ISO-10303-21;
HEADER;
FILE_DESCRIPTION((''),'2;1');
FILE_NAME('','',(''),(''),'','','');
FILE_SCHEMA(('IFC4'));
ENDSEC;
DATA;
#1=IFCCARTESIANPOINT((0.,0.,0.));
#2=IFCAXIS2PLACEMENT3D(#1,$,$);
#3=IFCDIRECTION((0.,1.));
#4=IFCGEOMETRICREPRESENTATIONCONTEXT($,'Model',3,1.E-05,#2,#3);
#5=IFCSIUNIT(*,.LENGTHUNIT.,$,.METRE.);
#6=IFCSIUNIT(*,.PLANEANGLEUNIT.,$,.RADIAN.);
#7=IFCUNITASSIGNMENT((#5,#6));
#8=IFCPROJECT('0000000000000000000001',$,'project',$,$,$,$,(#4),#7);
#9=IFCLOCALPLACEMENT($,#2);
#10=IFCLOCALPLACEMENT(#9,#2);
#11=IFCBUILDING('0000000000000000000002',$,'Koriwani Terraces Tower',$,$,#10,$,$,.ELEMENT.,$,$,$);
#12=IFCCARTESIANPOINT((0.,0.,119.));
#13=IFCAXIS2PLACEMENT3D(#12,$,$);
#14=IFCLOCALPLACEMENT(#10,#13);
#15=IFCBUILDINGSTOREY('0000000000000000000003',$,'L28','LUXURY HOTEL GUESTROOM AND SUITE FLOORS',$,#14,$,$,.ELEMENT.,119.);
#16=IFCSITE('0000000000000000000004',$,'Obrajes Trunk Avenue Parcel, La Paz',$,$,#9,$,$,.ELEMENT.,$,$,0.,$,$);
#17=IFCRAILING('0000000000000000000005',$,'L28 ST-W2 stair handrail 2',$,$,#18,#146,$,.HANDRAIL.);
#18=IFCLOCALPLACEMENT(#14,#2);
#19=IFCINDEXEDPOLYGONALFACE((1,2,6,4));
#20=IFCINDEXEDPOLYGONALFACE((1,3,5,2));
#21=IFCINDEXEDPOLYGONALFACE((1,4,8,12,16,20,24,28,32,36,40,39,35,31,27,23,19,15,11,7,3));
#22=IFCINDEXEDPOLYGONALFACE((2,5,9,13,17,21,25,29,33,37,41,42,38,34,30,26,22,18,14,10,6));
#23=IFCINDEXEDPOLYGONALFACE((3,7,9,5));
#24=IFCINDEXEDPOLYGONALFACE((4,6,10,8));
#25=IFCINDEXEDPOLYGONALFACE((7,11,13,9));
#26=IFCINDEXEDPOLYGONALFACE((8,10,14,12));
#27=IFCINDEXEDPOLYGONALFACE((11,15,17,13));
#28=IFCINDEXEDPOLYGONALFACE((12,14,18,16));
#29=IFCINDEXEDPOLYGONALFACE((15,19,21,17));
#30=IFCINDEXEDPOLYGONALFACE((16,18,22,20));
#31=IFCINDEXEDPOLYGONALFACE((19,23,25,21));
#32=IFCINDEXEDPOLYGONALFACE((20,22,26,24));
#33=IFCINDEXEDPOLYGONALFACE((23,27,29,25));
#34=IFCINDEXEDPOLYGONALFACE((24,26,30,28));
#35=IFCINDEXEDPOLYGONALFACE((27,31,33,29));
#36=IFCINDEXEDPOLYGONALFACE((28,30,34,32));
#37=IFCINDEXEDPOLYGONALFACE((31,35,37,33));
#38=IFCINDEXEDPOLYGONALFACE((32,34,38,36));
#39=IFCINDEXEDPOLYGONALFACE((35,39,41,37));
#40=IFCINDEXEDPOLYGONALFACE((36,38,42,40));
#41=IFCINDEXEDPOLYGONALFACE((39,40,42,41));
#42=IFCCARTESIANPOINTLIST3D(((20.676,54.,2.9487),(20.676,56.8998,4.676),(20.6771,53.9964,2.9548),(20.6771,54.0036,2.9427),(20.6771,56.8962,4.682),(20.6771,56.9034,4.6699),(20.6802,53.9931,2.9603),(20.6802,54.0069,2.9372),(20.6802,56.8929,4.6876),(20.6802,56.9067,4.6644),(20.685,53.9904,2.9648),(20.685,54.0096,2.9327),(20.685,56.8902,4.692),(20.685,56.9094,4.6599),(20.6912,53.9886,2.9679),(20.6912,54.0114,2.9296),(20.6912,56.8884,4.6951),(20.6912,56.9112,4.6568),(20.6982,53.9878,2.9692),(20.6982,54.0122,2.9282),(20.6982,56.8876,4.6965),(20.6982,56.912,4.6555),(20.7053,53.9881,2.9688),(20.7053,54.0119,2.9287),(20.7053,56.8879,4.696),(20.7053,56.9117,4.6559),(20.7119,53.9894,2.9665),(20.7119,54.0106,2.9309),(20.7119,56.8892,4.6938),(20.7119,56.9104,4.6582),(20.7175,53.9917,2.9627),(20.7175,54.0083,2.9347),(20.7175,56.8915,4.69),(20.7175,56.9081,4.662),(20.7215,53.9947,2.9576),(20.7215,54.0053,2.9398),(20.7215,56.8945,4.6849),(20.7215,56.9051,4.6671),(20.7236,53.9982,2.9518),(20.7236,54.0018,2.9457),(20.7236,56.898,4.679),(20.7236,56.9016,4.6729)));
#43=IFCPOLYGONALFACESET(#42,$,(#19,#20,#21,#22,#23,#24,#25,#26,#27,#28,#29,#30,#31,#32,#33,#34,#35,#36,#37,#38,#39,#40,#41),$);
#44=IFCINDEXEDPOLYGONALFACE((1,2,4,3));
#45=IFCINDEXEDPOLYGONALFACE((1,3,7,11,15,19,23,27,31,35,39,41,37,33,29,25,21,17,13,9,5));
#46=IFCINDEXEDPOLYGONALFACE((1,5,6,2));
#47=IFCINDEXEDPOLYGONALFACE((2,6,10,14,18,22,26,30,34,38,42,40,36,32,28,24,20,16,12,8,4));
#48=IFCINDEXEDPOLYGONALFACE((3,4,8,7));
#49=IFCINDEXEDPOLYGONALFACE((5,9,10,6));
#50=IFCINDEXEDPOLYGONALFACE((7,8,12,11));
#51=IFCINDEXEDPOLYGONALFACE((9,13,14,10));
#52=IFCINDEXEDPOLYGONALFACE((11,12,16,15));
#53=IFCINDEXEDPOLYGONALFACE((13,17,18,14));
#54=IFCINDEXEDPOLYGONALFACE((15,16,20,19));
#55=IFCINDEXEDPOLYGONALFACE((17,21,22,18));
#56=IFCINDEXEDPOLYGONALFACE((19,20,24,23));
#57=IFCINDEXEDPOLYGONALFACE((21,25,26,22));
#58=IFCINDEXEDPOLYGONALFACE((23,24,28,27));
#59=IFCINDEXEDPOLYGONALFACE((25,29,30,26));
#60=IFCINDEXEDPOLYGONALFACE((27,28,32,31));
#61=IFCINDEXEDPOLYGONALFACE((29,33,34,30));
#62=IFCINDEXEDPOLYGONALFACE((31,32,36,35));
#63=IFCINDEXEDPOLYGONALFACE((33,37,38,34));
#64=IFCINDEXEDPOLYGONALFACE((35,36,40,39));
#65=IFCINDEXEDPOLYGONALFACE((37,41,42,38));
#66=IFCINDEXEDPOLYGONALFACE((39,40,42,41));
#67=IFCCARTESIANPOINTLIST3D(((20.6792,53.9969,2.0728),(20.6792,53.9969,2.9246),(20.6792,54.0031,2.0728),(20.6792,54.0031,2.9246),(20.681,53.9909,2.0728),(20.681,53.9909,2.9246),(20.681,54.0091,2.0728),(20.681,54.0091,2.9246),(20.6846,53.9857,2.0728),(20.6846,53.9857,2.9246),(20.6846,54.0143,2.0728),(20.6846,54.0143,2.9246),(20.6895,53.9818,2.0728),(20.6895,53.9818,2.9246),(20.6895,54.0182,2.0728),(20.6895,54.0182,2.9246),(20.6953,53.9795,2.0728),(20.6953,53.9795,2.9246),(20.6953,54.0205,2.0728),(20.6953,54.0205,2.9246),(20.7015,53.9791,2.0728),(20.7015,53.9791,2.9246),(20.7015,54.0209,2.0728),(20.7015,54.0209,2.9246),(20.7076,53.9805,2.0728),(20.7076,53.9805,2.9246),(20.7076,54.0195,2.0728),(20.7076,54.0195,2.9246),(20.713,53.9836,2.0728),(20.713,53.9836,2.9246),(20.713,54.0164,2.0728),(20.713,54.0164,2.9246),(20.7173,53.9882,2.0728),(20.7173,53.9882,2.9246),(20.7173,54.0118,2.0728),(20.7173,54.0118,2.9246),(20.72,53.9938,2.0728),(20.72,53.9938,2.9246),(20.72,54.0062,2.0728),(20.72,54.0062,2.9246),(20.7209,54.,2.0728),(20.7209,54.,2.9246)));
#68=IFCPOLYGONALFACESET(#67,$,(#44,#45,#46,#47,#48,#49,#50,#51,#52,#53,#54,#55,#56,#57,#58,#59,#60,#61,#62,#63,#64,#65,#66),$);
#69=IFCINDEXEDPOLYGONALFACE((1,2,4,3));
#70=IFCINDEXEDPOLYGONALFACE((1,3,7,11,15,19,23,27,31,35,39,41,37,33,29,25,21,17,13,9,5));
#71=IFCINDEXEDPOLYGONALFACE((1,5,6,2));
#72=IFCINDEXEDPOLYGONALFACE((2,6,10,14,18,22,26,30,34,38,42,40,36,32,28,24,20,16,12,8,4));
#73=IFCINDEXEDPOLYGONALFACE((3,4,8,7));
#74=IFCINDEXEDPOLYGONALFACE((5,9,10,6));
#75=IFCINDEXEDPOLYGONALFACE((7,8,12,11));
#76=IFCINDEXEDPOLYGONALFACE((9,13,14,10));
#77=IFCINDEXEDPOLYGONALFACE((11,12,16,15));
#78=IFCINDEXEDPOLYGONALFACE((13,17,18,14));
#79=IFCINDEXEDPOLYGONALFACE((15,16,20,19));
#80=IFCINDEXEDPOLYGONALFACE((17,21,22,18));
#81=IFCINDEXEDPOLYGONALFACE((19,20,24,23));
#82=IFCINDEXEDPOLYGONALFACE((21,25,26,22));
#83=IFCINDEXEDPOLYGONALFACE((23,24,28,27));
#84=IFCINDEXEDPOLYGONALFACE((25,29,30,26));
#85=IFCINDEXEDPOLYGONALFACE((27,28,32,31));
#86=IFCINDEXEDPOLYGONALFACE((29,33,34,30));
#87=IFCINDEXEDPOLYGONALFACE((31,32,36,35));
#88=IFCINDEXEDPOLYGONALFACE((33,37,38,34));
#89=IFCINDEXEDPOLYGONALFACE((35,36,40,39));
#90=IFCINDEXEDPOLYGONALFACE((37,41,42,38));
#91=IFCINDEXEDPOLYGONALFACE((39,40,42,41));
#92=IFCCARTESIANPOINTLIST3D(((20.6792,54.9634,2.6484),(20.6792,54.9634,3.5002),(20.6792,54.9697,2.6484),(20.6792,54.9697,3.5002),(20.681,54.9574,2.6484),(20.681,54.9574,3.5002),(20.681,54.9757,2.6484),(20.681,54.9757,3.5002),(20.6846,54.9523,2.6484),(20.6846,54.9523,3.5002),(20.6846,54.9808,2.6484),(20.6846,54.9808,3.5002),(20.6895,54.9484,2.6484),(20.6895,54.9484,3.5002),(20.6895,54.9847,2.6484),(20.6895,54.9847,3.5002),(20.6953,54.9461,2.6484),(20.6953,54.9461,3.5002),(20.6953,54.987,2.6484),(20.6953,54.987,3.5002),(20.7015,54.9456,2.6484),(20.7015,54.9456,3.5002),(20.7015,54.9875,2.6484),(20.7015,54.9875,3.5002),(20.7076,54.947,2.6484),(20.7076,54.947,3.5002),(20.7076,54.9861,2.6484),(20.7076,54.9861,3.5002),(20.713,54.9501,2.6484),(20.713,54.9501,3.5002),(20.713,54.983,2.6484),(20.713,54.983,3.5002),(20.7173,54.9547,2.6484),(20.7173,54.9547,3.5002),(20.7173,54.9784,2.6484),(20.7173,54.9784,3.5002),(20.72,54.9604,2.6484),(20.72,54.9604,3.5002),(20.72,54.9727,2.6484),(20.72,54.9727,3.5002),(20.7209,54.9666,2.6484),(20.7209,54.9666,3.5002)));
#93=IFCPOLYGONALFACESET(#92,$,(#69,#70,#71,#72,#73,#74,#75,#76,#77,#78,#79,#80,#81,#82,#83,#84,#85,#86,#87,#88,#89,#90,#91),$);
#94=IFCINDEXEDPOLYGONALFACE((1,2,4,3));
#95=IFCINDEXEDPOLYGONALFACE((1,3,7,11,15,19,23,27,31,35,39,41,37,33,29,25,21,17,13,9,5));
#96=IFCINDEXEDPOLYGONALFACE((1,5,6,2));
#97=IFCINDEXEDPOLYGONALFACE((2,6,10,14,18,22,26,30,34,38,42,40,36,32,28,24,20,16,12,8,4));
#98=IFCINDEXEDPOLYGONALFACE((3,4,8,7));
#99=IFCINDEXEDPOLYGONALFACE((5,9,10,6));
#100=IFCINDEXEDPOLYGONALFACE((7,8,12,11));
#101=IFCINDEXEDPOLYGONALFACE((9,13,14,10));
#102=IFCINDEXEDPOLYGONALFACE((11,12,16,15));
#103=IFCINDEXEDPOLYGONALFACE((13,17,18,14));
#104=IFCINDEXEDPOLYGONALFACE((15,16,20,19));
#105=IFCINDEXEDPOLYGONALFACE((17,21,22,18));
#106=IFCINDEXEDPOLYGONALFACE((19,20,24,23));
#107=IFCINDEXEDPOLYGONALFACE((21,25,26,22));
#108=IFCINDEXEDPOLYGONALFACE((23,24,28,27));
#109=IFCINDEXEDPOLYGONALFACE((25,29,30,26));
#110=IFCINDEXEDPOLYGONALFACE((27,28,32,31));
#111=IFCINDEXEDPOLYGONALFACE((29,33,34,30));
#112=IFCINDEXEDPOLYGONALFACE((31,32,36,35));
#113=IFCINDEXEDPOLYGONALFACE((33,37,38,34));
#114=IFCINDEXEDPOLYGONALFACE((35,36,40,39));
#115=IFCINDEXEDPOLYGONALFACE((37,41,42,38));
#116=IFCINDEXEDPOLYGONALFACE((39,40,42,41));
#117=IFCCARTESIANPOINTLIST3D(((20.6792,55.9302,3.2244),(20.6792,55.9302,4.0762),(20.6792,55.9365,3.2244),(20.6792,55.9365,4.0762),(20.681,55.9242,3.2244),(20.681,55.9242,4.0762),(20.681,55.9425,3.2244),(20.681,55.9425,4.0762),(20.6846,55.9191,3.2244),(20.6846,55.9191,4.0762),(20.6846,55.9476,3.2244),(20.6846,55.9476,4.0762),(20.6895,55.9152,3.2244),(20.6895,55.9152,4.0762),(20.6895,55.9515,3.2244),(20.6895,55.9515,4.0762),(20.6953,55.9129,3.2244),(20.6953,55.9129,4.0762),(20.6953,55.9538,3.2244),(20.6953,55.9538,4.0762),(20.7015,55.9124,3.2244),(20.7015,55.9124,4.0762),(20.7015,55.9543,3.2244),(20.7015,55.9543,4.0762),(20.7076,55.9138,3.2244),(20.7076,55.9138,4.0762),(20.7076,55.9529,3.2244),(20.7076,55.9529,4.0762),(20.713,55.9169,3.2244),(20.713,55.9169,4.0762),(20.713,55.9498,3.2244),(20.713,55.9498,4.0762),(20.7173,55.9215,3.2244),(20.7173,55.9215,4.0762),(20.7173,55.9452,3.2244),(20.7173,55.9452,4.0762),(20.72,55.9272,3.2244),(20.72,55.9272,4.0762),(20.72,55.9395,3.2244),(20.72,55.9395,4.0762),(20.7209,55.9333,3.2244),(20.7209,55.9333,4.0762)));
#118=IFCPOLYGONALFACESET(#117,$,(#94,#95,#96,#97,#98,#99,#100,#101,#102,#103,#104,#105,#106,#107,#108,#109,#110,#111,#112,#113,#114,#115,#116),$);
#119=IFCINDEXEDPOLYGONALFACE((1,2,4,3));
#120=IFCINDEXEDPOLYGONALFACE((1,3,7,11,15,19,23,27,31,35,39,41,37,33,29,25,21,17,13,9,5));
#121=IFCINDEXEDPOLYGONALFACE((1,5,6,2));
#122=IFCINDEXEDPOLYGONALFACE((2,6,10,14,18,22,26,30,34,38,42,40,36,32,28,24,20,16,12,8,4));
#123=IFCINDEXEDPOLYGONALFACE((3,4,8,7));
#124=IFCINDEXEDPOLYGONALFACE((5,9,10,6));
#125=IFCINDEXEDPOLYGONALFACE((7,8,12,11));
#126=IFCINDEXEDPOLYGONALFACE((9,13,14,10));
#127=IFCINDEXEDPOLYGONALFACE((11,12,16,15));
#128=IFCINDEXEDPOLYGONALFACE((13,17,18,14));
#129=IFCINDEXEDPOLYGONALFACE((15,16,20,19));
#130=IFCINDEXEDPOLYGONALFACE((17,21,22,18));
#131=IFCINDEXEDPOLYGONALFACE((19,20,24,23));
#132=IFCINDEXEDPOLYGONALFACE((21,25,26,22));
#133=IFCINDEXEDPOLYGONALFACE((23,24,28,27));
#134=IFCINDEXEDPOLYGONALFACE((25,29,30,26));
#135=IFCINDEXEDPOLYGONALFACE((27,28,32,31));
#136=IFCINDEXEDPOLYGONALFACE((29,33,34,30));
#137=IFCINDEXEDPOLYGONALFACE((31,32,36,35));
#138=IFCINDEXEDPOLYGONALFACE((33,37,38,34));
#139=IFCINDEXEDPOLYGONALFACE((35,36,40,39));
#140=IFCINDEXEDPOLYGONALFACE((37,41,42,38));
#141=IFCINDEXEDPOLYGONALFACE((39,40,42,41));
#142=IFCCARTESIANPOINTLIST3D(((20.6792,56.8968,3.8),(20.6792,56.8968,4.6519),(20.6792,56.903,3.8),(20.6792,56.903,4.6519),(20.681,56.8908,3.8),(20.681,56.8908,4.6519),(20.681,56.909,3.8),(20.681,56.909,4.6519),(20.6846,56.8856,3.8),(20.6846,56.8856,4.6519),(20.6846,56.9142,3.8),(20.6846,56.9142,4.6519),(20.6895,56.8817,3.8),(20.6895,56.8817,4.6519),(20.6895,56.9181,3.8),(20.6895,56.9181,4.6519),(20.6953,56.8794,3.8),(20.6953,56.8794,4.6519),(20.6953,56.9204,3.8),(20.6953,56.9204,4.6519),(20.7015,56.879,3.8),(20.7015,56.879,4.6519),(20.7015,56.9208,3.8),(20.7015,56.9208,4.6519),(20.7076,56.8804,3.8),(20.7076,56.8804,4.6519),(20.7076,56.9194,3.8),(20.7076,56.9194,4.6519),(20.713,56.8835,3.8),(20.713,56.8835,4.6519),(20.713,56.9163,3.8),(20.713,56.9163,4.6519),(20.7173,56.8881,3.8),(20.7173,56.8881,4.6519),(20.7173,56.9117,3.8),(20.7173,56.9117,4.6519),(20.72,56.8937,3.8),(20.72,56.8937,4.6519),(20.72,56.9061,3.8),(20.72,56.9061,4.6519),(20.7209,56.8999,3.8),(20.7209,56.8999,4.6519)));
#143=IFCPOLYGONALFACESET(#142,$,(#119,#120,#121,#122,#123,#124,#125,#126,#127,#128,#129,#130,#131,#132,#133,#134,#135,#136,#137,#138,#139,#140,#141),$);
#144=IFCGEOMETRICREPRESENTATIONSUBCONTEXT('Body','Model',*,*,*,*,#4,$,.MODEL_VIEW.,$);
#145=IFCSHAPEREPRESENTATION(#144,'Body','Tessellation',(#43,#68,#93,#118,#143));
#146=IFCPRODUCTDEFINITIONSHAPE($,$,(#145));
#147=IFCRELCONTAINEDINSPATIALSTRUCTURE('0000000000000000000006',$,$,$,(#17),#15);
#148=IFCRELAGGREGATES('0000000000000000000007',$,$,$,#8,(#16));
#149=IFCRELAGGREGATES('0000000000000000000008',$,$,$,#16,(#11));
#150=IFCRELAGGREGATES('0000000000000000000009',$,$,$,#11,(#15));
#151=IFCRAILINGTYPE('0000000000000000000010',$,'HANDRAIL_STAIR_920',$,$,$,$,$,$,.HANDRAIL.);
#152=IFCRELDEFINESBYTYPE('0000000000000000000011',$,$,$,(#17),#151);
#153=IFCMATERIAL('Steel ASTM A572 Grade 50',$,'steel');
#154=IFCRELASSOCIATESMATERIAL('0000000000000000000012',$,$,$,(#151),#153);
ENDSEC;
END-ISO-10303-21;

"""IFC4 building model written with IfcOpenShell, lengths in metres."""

from ifc_helpers import new_model, si_unit, direction, frame, origin, origin_2d, place, context, subcontext, project, spatial, circle, extrude, material, type_object, element, save


model = new_model("IFC4")

# Units and contexts
model_context = context("Model", 3, precision=1e-05, world=origin(), true_north=direction((0.0, 1.0)))
body_context = subcontext(model_context, "Body", "Model", "MODEL_VIEW")
ifc_project = project(units=[si_unit("LENGTHUNIT", "METRE"), si_unit("PLANEANGLEUNIT", "RADIAN")], contexts=[model_context])

# Site, building, storey
site_placement = place(None, origin())
site = spatial("IfcSite", under=ifc_project, at=site_placement, Name="Obrajes Trunk Avenue Parcel, La Paz", CompositionType="ELEMENT", RefElevation=0.0)
building_placement = place(site_placement, origin())
building = spatial("IfcBuilding", under=site, at=building_placement, Name="Koriwani Terraces Tower", CompositionType="ELEMENT")
storey_placement = place(building_placement, frame((0.0, 0.0, 119.0)))
storey = spatial("IfcBuildingStorey", under=building, at=storey_placement, Name="L28", Description="LUXURY HOTEL GUESTROOM AND SUITE FLOORS", CompositionType="ELEMENT", Elevation=119.0)

# Shared definitions
ifc_material_1 = material(Name="Steel ASTM A572 Grade 50", Category="steel")

# Railing
railing_type = type_object("IfcRailingType", Name="HANDRAIL_STAIR_920", PredefinedType="HANDRAIL", material=ifc_material_1)
for number, where, name in (
    (1, (20.7, 54.0, 2.0728), "L28 ST-W2 stair handrail 2"),
):
    element("IfcRailing", number, at=place(storey_placement, frame(where)), inside=storey, type_object=railing_type, Name=name, PredefinedType="HANDRAIL", context=body_context, shape_type="SweptSolid", body=[
        extrude(circle(Radius=0.0239, at=origin_2d()), frame((0.0, 0.0, 0.876), z_axis=(0.0, 0.859141, 0.511738), x_axis=(-1.0, 0.0, 0.0)), (0.0, 0.0, 1.0), 3.3752),
        extrude(circle(Radius=0.021, at=origin_2d()), origin(), (0.0, 0.0, 1.0), 0.8518),
        extrude(circle(Radius=0.021, at=origin_2d()), frame((0.0, 0.9666, 0.5757)), (0.0, 0.0, 1.0), 0.8518),
        extrude(circle(Radius=0.021, at=origin_2d()), frame((0.0, 1.9333, 1.1516)), (0.0, 0.0, 1.0), 0.8518),
        extrude(circle(Radius=0.021, at=origin_2d()), frame((0.0, 2.8999, 1.7273)), (0.0, 0.0, 1.0), 0.8518),
    ])

save(model, "model.ifc")
